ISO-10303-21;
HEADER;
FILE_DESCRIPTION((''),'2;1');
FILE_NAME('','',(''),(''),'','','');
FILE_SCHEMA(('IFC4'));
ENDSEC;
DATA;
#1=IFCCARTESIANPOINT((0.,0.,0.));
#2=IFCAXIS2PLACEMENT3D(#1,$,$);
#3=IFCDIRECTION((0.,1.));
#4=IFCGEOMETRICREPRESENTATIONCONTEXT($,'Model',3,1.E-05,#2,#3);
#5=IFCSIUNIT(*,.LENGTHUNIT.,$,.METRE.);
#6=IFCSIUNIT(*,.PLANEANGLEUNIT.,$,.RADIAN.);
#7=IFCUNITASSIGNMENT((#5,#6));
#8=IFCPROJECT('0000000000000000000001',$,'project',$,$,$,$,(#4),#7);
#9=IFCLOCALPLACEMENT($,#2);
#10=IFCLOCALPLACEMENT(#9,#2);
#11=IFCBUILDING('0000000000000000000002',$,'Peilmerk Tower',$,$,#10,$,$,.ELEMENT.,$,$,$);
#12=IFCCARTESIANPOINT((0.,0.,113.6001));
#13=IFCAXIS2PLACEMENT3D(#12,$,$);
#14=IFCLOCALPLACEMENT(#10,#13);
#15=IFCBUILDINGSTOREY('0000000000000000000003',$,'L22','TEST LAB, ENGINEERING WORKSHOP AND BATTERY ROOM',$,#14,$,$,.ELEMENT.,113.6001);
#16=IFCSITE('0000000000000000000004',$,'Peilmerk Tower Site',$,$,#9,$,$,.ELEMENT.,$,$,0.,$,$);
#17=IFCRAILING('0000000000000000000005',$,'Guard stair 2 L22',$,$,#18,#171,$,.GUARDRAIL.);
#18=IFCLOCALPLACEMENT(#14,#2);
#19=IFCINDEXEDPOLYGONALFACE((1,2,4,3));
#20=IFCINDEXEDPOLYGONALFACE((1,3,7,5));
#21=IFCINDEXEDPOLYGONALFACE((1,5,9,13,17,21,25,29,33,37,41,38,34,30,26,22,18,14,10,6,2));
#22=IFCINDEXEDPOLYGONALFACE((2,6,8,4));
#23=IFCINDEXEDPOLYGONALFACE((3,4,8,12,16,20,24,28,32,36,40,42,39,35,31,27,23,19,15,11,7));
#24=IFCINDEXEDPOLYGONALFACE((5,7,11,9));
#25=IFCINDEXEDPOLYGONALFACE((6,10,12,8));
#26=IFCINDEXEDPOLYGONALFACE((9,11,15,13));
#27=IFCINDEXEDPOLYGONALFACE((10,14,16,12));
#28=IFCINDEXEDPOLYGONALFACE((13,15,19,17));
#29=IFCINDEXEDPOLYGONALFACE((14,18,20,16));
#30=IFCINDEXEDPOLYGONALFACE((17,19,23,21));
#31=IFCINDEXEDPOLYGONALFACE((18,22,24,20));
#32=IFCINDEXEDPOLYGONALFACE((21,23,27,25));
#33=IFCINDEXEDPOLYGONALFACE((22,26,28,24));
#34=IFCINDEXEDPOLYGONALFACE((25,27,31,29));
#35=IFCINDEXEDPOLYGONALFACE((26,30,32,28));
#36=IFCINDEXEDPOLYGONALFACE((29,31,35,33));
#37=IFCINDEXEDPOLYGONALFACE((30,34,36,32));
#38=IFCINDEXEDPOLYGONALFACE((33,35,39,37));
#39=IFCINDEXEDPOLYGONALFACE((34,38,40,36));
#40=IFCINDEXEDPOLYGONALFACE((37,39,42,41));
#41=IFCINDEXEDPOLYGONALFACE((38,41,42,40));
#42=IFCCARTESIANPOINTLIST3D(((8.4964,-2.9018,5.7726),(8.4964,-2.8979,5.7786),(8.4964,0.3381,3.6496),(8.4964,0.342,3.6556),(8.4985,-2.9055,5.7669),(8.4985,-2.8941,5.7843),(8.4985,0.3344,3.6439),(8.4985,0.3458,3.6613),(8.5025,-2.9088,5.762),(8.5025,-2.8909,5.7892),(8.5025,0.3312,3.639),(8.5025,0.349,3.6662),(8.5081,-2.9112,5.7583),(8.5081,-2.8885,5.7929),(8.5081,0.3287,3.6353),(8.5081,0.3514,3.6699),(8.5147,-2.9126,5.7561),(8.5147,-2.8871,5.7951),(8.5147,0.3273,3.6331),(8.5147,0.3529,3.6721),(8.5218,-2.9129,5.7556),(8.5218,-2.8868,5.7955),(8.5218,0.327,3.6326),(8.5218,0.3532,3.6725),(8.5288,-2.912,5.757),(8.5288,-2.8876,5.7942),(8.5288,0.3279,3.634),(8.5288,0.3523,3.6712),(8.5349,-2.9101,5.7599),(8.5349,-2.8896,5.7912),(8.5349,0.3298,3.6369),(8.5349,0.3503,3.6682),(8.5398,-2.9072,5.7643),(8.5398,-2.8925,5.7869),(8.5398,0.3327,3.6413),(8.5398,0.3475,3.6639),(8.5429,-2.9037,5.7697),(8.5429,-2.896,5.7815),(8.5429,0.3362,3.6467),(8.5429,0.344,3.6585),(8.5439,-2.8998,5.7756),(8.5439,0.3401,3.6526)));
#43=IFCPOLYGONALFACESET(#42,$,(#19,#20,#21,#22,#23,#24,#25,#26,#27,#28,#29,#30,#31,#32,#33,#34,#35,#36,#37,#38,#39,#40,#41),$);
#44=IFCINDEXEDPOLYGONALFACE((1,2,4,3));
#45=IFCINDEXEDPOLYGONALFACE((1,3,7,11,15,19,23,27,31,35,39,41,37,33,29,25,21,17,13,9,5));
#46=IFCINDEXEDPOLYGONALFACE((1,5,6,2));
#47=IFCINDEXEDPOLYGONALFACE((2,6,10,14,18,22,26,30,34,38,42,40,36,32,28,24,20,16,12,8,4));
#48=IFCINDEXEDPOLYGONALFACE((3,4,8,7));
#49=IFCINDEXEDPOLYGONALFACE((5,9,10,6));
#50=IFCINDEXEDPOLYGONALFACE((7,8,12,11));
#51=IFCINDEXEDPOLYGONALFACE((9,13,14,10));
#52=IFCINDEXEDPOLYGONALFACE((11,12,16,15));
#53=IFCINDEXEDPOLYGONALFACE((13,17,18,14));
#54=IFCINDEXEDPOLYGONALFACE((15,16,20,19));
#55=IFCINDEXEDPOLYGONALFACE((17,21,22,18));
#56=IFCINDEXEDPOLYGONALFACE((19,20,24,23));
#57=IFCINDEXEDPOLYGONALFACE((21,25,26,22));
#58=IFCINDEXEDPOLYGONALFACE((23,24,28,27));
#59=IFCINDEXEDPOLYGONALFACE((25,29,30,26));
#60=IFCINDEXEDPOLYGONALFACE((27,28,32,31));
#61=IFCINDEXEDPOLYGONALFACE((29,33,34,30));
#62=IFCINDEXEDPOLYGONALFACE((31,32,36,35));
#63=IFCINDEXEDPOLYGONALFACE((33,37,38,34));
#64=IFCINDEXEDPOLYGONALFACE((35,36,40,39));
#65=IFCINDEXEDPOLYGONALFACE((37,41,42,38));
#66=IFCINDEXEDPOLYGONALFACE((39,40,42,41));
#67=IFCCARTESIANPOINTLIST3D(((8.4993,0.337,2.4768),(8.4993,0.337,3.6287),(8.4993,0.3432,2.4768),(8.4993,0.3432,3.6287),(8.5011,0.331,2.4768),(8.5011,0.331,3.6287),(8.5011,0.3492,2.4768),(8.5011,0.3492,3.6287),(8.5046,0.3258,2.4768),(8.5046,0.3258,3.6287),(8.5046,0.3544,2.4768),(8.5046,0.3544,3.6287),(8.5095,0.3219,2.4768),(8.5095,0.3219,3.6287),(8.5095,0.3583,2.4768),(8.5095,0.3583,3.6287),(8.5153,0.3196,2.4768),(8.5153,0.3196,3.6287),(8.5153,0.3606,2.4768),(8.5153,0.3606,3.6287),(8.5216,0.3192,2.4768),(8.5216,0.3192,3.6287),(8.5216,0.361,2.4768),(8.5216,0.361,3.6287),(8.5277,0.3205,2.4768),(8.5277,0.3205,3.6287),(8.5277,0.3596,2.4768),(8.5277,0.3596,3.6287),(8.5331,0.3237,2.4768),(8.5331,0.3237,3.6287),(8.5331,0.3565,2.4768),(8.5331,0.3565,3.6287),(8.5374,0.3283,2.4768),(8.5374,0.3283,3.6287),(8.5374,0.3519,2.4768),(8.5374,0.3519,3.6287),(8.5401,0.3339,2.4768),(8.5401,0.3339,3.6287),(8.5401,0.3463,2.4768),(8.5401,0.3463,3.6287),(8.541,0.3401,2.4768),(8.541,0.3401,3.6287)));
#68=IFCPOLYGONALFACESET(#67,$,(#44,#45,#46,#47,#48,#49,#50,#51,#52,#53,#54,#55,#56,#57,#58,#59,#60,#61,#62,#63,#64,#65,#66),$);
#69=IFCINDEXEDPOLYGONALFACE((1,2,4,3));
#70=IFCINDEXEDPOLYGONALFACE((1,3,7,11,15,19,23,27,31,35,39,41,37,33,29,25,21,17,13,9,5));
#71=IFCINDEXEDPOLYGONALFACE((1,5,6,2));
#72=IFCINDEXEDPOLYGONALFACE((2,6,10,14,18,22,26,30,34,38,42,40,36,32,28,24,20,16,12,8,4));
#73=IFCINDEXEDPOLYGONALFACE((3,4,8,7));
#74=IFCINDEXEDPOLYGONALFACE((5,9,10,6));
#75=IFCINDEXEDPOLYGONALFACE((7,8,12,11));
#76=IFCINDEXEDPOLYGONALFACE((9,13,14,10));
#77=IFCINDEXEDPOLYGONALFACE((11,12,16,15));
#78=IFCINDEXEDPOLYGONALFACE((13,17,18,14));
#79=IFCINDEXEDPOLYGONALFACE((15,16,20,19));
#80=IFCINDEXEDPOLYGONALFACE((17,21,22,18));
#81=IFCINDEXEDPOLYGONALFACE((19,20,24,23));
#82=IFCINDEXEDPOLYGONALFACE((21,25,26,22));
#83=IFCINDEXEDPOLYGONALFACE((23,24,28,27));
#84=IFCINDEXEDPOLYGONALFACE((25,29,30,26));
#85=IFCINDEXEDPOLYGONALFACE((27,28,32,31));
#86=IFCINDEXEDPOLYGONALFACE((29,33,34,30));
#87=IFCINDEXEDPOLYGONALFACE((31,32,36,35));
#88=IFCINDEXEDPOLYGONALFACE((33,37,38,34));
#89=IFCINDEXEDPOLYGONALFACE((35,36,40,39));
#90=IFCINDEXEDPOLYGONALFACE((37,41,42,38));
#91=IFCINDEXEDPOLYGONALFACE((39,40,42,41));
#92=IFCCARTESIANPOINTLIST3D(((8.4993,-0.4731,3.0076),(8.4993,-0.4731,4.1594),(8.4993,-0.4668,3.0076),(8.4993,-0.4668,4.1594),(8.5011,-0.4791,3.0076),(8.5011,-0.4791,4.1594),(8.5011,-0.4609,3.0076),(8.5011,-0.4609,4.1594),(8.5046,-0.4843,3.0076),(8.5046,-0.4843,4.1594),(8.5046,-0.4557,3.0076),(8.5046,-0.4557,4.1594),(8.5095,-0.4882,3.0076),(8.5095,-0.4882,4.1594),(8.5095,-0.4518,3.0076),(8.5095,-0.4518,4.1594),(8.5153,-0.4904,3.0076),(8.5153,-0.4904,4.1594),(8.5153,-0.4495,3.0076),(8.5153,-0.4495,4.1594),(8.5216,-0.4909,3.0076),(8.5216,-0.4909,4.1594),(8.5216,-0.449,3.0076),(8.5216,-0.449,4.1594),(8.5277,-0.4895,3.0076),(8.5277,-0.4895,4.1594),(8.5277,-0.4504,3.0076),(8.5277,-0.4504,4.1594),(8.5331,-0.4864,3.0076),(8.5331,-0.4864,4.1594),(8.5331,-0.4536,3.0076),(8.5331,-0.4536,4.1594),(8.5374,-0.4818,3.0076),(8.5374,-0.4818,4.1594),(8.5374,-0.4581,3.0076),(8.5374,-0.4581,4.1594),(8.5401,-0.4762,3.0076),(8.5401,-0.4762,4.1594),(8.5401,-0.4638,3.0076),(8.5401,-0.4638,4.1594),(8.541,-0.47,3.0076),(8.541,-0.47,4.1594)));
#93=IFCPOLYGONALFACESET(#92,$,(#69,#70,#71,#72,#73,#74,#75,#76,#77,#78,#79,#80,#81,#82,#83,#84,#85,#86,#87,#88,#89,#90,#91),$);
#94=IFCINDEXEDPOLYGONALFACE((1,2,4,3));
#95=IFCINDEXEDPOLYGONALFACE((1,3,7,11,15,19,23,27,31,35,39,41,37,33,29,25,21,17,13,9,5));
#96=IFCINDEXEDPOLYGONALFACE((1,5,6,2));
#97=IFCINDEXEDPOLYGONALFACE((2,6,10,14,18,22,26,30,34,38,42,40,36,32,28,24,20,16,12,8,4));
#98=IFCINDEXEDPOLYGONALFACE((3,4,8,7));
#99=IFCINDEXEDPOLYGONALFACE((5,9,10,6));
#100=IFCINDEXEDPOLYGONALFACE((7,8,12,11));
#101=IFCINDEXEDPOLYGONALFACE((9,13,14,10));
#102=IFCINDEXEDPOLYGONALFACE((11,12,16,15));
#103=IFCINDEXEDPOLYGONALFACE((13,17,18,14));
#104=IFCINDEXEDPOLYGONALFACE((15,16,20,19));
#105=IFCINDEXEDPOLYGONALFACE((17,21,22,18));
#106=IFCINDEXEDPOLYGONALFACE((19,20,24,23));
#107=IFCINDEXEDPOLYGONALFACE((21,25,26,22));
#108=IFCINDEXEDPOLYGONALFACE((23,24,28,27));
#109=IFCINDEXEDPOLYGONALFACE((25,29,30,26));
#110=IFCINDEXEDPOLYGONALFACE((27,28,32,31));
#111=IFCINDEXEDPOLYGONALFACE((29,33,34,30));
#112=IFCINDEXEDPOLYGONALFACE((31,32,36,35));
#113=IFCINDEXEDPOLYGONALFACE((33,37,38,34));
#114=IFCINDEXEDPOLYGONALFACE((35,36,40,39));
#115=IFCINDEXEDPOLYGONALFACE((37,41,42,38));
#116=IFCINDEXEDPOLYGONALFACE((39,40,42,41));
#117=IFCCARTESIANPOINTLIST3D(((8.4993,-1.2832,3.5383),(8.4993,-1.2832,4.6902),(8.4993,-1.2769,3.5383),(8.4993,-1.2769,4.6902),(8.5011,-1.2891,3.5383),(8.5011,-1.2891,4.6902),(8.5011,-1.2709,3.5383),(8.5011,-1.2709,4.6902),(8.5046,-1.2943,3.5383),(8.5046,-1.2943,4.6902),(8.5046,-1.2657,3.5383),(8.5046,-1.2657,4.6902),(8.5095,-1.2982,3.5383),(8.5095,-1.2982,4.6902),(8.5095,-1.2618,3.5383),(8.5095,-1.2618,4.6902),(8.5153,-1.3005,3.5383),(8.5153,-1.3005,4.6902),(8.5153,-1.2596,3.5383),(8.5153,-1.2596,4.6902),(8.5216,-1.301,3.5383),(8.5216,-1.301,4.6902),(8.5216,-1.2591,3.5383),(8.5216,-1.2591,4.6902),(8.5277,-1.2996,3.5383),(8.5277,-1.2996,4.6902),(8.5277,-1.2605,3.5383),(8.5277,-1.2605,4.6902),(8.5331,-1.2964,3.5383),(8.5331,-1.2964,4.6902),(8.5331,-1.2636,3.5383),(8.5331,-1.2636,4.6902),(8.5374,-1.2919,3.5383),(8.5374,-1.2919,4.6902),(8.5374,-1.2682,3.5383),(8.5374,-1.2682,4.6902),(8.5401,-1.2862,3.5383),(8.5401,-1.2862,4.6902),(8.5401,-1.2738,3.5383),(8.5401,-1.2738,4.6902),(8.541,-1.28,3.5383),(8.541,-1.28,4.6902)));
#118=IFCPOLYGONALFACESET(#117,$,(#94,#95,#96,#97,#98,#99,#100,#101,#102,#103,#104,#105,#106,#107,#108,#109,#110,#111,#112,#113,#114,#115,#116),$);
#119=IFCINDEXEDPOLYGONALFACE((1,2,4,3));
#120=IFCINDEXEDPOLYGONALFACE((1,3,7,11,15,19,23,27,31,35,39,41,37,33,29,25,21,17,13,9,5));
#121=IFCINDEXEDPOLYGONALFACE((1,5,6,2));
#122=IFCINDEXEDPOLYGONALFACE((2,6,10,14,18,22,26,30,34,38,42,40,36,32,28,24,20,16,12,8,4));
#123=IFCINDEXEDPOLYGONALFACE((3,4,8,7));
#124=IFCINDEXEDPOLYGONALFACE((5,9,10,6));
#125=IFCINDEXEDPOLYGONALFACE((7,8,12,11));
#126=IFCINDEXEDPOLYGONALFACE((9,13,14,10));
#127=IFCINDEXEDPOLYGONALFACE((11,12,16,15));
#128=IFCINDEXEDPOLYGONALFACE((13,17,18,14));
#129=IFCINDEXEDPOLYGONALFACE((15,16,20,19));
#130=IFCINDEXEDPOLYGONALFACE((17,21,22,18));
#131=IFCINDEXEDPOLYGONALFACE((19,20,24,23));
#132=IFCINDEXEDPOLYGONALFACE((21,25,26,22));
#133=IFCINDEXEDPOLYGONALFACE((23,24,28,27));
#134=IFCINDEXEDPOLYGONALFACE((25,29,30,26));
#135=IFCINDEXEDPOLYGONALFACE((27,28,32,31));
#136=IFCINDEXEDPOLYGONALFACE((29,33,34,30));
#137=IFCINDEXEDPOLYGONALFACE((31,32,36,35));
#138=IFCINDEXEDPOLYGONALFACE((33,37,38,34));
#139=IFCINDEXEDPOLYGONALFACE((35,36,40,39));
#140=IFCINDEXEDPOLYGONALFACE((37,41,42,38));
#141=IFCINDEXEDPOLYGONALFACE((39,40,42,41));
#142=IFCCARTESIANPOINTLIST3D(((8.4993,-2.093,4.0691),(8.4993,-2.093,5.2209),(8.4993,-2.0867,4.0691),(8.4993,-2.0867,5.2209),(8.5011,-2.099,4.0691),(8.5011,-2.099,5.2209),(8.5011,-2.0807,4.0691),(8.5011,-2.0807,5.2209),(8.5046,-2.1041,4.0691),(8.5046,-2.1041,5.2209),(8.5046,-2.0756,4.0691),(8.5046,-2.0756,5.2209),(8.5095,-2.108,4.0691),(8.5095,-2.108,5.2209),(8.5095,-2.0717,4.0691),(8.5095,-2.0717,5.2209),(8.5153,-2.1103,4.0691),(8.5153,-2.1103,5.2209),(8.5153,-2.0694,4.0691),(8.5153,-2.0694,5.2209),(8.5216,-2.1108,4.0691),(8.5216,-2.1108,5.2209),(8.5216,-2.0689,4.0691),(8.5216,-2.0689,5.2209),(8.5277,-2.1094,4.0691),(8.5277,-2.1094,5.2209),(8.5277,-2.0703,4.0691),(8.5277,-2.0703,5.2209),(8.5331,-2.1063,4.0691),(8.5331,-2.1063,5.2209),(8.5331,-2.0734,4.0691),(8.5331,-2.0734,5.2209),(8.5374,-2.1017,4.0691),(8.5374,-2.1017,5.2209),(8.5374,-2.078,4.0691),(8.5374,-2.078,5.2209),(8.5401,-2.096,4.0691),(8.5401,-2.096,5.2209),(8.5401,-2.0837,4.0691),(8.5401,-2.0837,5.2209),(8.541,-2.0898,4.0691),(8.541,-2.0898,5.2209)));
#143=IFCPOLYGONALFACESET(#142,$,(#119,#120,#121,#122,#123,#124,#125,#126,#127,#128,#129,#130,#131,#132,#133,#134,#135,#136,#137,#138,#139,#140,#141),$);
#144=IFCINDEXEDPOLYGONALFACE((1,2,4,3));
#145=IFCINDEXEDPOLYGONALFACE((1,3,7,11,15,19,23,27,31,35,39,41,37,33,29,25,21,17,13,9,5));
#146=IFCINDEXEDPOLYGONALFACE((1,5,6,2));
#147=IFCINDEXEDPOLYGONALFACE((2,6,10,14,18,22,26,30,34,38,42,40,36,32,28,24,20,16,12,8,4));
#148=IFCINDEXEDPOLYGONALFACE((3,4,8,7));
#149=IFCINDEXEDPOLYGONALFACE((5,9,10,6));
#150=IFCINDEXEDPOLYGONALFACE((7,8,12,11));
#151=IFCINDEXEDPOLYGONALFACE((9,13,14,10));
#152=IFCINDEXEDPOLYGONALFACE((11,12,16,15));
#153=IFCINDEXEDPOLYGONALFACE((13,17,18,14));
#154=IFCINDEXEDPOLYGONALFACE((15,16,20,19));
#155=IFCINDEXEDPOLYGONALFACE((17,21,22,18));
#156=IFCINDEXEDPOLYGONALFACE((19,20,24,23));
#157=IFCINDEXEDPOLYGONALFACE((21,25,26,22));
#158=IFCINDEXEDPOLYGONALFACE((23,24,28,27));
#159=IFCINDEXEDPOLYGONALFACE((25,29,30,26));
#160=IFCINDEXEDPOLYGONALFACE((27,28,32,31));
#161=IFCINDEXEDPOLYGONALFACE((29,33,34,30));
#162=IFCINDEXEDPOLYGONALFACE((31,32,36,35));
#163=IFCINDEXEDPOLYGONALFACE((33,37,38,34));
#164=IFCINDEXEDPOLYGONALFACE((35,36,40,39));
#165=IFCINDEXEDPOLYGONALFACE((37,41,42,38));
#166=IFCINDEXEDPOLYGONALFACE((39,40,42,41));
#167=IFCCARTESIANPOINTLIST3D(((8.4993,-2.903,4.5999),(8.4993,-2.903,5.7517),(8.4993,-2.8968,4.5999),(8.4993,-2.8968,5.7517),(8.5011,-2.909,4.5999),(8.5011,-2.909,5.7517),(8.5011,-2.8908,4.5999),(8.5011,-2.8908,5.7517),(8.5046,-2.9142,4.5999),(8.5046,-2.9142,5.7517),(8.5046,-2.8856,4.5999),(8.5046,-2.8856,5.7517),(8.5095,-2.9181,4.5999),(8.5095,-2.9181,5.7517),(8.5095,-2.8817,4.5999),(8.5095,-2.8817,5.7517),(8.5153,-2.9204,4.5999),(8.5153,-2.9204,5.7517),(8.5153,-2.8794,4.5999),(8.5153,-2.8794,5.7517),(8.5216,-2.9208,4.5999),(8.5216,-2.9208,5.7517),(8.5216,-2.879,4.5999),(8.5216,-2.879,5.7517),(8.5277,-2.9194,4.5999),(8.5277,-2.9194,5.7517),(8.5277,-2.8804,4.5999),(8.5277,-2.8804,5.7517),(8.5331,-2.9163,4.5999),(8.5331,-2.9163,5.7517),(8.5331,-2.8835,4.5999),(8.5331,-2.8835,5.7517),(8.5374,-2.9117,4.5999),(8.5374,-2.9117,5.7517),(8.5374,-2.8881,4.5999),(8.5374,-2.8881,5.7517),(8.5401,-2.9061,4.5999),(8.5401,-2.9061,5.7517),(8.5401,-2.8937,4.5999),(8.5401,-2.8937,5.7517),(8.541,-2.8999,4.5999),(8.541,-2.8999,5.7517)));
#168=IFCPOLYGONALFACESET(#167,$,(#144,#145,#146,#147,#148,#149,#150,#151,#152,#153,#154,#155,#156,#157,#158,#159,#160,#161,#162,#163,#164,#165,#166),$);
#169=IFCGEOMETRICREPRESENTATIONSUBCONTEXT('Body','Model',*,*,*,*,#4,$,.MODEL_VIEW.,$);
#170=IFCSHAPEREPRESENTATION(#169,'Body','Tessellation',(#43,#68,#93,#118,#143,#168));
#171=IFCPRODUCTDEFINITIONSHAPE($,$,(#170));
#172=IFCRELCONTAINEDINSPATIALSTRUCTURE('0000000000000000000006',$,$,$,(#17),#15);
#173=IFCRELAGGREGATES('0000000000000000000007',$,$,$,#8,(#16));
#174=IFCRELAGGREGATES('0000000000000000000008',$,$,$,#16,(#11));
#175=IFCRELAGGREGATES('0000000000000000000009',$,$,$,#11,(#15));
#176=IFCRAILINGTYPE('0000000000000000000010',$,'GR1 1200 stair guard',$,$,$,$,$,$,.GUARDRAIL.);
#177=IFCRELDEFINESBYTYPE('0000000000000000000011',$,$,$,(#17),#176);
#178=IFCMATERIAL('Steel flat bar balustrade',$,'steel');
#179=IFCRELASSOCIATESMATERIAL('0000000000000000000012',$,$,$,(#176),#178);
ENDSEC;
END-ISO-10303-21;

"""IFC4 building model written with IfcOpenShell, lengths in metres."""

from ifc_helpers import new_model, si_unit, direction, frame, origin, origin_2d, place, context, subcontext, project, spatial, circle, extrude, material, type_object, element, save


model = new_model("IFC4")

# Units and contexts
model_context = context("Model", 3, precision=1e-05, world=origin(), true_north=direction((0.0, 1.0)))
body_context = subcontext(model_context, "Body", "Model", "MODEL_VIEW")
ifc_project = project(units=[si_unit("LENGTHUNIT", "METRE"), si_unit("PLANEANGLEUNIT", "RADIAN")], contexts=[model_context])

# Site, building, storey
site_placement = place(None, origin())
site = spatial("IfcSite", under=ifc_project, at=site_placement, Name="Peilmerk Tower Site", CompositionType="ELEMENT", RefElevation=0.0)
building_placement = place(site_placement, origin())
building = spatial("IfcBuilding", under=site, at=building_placement, Name="Peilmerk Tower", CompositionType="ELEMENT")
storey_placement = place(building_placement, frame((0.0, 0.0, 113.6001)))
storey = spatial("IfcBuildingStorey", under=building, at=storey_placement, Name="L22", Description="TEST LAB, ENGINEERING WORKSHOP AND BATTERY ROOM", CompositionType="ELEMENT", Elevation=113.6001)

# Railing
ifc_material_1 = material(Name="Steel flat bar balustrade", Category="steel")
railing_type = type_object("IfcRailingType", Name="GR1 1200 stair guard", PredefinedType="GUARDRAIL", material=ifc_material_1)
railing_placement = place(storey_placement, frame((8.52, 0.3401, 2.4768)))
element("IfcRailing", 1, at=railing_placement, inside=storey, type_object=railing_type, Name="Guard stair 2 L22", PredefinedType="GUARDRAIL", context=body_context, shape_type="SweptSolid", body=[
    extrude(circle(Radius=0.0239, at=origin_2d()), frame((0.0, 0.0, 1.1758), z_axis=(0.0, -0.836426, 0.548079), x_axis=(1.0, 0.0, 0.0)), (0.0, 0.0, 1.0), 3.8735),
    extrude(circle(Radius=0.021, at=origin_2d()), origin(), (0.0, 0.0, 1.0), 1.1519),
    extrude(circle(Radius=0.021, at=origin_2d()), frame((0.0, -0.8101, 0.5308)), (0.0, 0.0, 1.0), 1.1519),
    extrude(circle(Radius=0.021, at=origin_2d()), frame((0.0, -1.6201, 1.0615)), (0.0, 0.0, 1.0), 1.1519),
    extrude(circle(Radius=0.021, at=origin_2d()), frame((0.0, -2.4299, 1.5923)), (0.0, 0.0, 1.0), 1.1519),
    extrude(circle(Radius=0.021, at=origin_2d()), frame((0.0, -3.24, 2.123)), (0.0, 0.0, 1.0), 1.1519),
])

save(model, "model.ifc")
